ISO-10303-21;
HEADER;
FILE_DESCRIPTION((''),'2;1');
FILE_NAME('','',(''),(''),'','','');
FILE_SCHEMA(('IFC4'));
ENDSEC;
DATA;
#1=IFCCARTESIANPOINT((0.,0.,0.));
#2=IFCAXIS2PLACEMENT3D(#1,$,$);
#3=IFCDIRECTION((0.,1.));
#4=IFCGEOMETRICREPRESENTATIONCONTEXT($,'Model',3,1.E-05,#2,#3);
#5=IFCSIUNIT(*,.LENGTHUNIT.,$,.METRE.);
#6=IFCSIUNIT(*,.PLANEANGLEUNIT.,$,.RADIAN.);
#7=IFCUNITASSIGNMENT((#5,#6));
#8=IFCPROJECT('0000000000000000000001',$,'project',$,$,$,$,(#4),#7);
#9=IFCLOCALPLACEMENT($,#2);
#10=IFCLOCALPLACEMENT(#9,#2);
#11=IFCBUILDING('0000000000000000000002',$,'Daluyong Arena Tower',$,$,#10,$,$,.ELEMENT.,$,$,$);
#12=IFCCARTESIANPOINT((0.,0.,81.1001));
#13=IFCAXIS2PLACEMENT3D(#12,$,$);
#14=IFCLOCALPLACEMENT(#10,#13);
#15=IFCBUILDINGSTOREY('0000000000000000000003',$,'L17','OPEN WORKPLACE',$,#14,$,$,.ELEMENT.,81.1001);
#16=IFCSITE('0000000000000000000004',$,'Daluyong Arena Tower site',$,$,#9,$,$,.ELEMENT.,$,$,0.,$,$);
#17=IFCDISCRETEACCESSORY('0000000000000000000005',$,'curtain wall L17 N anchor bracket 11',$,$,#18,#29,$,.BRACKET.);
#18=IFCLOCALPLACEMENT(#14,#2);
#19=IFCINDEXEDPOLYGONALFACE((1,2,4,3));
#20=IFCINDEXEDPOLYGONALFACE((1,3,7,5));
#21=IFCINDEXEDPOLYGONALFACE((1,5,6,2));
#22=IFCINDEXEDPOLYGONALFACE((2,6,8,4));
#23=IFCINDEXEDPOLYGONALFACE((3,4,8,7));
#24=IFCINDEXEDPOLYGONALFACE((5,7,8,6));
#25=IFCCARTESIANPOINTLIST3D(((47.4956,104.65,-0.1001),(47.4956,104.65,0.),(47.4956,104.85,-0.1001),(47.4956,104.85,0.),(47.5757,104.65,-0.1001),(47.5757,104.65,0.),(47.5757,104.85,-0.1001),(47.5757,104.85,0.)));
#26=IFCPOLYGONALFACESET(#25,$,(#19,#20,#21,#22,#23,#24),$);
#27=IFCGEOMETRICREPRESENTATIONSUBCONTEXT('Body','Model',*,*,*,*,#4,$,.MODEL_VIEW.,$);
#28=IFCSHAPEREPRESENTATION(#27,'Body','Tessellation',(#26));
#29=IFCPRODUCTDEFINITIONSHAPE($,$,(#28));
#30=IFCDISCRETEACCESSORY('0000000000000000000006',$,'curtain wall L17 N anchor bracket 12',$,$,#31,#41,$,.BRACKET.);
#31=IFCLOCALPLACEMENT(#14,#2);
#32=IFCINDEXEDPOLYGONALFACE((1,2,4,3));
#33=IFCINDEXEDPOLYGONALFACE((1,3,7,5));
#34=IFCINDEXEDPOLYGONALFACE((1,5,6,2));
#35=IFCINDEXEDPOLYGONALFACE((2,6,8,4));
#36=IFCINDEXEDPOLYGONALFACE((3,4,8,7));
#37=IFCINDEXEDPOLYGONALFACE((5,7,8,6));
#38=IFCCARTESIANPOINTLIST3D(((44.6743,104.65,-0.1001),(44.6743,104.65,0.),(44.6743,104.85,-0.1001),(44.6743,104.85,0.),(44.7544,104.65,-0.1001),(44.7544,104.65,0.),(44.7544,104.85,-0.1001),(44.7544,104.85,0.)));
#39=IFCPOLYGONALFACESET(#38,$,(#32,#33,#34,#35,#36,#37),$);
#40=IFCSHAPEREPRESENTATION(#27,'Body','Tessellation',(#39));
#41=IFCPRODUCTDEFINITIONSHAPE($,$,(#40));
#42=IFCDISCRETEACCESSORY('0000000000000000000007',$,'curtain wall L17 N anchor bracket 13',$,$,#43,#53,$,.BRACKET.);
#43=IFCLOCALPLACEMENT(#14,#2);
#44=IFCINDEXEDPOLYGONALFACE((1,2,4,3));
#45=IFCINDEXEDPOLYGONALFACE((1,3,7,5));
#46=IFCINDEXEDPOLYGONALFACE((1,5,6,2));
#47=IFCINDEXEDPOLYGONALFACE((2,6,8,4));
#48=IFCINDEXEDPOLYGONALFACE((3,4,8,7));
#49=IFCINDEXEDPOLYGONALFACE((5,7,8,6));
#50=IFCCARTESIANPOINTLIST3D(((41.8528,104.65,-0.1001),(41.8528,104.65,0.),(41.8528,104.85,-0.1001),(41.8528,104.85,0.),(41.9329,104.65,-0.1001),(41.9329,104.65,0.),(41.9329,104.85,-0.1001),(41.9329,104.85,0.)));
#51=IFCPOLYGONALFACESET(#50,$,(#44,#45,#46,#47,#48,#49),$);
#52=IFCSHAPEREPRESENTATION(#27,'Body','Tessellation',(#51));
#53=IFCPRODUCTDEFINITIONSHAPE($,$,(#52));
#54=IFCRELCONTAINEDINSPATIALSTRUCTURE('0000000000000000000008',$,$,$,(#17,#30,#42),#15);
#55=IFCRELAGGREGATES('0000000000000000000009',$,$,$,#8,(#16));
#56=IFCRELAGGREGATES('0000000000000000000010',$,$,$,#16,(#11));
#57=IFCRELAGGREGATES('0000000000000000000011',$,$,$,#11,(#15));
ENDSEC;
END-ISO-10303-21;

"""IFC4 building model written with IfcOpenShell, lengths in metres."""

from ifc_helpers import new_model, si_unit, direction, frame, origin, origin_2d, place, context, subcontext, project, spatial, rectangle, extrude, element, save


model = new_model("IFC4")

# Units and contexts
model_context = context("Model", 3, precision=1e-05, world=origin(), true_north=direction((0.0, 1.0)))
body_context = subcontext(model_context, "Body", "Model", "MODEL_VIEW")
ifc_project = project(units=[si_unit("LENGTHUNIT", "METRE"), si_unit("PLANEANGLEUNIT", "RADIAN")], contexts=[model_context])

# Site, building, storey
site_placement = place(None, origin())
site = spatial("IfcSite", under=ifc_project, at=site_placement, Name="Daluyong Arena Tower site", CompositionType="ELEMENT", RefElevation=0.0)
building_placement = place(site_placement, origin())
building = spatial("IfcBuilding", under=site, at=building_placement, Name="Daluyong Arena Tower", CompositionType="ELEMENT")
storey_placement = place(building_placement, frame((0.0, 0.0, 81.1001)))
storey = spatial("IfcBuildingStorey", under=building, at=storey_placement, Name="L17", Description="OPEN WORKPLACE", CompositionType="ELEMENT", Elevation=81.1001)

# Discrete accessories
for number, where, z_axis, x_axis, name in (
    (1, (47.5356, 104.75, -0.1001), (0.0, 0.0, 1.0), (-1.0, 0.0, 0.0), "curtain wall L17 N anchor bracket 11"),
    (2, (44.7144, 104.75, -0.1001), (0.0, 0.0, 1.0), (-1.0, 0.0, 0.0), "curtain wall L17 N anchor bracket 12"),
    (3, (41.8928, 104.75, -0.1001), (0.0, 0.0, 1.0), (-1.0, 0.0, 0.0), "curtain wall L17 N anchor bracket 13"),
):
    element("IfcDiscreteAccessory", number, at=place(storey_placement, frame(where, z_axis=z_axis, x_axis=x_axis)), inside=storey, Name=name, PredefinedType="BRACKET", context=body_context, shape_type="SweptSolid", body=[
        extrude(rectangle(XDim=0.0801, YDim=0.2, at=origin_2d()), origin(), (0.0, 0.0, 1.0), 0.1001),
    ])

save(model, "model.ifc")
